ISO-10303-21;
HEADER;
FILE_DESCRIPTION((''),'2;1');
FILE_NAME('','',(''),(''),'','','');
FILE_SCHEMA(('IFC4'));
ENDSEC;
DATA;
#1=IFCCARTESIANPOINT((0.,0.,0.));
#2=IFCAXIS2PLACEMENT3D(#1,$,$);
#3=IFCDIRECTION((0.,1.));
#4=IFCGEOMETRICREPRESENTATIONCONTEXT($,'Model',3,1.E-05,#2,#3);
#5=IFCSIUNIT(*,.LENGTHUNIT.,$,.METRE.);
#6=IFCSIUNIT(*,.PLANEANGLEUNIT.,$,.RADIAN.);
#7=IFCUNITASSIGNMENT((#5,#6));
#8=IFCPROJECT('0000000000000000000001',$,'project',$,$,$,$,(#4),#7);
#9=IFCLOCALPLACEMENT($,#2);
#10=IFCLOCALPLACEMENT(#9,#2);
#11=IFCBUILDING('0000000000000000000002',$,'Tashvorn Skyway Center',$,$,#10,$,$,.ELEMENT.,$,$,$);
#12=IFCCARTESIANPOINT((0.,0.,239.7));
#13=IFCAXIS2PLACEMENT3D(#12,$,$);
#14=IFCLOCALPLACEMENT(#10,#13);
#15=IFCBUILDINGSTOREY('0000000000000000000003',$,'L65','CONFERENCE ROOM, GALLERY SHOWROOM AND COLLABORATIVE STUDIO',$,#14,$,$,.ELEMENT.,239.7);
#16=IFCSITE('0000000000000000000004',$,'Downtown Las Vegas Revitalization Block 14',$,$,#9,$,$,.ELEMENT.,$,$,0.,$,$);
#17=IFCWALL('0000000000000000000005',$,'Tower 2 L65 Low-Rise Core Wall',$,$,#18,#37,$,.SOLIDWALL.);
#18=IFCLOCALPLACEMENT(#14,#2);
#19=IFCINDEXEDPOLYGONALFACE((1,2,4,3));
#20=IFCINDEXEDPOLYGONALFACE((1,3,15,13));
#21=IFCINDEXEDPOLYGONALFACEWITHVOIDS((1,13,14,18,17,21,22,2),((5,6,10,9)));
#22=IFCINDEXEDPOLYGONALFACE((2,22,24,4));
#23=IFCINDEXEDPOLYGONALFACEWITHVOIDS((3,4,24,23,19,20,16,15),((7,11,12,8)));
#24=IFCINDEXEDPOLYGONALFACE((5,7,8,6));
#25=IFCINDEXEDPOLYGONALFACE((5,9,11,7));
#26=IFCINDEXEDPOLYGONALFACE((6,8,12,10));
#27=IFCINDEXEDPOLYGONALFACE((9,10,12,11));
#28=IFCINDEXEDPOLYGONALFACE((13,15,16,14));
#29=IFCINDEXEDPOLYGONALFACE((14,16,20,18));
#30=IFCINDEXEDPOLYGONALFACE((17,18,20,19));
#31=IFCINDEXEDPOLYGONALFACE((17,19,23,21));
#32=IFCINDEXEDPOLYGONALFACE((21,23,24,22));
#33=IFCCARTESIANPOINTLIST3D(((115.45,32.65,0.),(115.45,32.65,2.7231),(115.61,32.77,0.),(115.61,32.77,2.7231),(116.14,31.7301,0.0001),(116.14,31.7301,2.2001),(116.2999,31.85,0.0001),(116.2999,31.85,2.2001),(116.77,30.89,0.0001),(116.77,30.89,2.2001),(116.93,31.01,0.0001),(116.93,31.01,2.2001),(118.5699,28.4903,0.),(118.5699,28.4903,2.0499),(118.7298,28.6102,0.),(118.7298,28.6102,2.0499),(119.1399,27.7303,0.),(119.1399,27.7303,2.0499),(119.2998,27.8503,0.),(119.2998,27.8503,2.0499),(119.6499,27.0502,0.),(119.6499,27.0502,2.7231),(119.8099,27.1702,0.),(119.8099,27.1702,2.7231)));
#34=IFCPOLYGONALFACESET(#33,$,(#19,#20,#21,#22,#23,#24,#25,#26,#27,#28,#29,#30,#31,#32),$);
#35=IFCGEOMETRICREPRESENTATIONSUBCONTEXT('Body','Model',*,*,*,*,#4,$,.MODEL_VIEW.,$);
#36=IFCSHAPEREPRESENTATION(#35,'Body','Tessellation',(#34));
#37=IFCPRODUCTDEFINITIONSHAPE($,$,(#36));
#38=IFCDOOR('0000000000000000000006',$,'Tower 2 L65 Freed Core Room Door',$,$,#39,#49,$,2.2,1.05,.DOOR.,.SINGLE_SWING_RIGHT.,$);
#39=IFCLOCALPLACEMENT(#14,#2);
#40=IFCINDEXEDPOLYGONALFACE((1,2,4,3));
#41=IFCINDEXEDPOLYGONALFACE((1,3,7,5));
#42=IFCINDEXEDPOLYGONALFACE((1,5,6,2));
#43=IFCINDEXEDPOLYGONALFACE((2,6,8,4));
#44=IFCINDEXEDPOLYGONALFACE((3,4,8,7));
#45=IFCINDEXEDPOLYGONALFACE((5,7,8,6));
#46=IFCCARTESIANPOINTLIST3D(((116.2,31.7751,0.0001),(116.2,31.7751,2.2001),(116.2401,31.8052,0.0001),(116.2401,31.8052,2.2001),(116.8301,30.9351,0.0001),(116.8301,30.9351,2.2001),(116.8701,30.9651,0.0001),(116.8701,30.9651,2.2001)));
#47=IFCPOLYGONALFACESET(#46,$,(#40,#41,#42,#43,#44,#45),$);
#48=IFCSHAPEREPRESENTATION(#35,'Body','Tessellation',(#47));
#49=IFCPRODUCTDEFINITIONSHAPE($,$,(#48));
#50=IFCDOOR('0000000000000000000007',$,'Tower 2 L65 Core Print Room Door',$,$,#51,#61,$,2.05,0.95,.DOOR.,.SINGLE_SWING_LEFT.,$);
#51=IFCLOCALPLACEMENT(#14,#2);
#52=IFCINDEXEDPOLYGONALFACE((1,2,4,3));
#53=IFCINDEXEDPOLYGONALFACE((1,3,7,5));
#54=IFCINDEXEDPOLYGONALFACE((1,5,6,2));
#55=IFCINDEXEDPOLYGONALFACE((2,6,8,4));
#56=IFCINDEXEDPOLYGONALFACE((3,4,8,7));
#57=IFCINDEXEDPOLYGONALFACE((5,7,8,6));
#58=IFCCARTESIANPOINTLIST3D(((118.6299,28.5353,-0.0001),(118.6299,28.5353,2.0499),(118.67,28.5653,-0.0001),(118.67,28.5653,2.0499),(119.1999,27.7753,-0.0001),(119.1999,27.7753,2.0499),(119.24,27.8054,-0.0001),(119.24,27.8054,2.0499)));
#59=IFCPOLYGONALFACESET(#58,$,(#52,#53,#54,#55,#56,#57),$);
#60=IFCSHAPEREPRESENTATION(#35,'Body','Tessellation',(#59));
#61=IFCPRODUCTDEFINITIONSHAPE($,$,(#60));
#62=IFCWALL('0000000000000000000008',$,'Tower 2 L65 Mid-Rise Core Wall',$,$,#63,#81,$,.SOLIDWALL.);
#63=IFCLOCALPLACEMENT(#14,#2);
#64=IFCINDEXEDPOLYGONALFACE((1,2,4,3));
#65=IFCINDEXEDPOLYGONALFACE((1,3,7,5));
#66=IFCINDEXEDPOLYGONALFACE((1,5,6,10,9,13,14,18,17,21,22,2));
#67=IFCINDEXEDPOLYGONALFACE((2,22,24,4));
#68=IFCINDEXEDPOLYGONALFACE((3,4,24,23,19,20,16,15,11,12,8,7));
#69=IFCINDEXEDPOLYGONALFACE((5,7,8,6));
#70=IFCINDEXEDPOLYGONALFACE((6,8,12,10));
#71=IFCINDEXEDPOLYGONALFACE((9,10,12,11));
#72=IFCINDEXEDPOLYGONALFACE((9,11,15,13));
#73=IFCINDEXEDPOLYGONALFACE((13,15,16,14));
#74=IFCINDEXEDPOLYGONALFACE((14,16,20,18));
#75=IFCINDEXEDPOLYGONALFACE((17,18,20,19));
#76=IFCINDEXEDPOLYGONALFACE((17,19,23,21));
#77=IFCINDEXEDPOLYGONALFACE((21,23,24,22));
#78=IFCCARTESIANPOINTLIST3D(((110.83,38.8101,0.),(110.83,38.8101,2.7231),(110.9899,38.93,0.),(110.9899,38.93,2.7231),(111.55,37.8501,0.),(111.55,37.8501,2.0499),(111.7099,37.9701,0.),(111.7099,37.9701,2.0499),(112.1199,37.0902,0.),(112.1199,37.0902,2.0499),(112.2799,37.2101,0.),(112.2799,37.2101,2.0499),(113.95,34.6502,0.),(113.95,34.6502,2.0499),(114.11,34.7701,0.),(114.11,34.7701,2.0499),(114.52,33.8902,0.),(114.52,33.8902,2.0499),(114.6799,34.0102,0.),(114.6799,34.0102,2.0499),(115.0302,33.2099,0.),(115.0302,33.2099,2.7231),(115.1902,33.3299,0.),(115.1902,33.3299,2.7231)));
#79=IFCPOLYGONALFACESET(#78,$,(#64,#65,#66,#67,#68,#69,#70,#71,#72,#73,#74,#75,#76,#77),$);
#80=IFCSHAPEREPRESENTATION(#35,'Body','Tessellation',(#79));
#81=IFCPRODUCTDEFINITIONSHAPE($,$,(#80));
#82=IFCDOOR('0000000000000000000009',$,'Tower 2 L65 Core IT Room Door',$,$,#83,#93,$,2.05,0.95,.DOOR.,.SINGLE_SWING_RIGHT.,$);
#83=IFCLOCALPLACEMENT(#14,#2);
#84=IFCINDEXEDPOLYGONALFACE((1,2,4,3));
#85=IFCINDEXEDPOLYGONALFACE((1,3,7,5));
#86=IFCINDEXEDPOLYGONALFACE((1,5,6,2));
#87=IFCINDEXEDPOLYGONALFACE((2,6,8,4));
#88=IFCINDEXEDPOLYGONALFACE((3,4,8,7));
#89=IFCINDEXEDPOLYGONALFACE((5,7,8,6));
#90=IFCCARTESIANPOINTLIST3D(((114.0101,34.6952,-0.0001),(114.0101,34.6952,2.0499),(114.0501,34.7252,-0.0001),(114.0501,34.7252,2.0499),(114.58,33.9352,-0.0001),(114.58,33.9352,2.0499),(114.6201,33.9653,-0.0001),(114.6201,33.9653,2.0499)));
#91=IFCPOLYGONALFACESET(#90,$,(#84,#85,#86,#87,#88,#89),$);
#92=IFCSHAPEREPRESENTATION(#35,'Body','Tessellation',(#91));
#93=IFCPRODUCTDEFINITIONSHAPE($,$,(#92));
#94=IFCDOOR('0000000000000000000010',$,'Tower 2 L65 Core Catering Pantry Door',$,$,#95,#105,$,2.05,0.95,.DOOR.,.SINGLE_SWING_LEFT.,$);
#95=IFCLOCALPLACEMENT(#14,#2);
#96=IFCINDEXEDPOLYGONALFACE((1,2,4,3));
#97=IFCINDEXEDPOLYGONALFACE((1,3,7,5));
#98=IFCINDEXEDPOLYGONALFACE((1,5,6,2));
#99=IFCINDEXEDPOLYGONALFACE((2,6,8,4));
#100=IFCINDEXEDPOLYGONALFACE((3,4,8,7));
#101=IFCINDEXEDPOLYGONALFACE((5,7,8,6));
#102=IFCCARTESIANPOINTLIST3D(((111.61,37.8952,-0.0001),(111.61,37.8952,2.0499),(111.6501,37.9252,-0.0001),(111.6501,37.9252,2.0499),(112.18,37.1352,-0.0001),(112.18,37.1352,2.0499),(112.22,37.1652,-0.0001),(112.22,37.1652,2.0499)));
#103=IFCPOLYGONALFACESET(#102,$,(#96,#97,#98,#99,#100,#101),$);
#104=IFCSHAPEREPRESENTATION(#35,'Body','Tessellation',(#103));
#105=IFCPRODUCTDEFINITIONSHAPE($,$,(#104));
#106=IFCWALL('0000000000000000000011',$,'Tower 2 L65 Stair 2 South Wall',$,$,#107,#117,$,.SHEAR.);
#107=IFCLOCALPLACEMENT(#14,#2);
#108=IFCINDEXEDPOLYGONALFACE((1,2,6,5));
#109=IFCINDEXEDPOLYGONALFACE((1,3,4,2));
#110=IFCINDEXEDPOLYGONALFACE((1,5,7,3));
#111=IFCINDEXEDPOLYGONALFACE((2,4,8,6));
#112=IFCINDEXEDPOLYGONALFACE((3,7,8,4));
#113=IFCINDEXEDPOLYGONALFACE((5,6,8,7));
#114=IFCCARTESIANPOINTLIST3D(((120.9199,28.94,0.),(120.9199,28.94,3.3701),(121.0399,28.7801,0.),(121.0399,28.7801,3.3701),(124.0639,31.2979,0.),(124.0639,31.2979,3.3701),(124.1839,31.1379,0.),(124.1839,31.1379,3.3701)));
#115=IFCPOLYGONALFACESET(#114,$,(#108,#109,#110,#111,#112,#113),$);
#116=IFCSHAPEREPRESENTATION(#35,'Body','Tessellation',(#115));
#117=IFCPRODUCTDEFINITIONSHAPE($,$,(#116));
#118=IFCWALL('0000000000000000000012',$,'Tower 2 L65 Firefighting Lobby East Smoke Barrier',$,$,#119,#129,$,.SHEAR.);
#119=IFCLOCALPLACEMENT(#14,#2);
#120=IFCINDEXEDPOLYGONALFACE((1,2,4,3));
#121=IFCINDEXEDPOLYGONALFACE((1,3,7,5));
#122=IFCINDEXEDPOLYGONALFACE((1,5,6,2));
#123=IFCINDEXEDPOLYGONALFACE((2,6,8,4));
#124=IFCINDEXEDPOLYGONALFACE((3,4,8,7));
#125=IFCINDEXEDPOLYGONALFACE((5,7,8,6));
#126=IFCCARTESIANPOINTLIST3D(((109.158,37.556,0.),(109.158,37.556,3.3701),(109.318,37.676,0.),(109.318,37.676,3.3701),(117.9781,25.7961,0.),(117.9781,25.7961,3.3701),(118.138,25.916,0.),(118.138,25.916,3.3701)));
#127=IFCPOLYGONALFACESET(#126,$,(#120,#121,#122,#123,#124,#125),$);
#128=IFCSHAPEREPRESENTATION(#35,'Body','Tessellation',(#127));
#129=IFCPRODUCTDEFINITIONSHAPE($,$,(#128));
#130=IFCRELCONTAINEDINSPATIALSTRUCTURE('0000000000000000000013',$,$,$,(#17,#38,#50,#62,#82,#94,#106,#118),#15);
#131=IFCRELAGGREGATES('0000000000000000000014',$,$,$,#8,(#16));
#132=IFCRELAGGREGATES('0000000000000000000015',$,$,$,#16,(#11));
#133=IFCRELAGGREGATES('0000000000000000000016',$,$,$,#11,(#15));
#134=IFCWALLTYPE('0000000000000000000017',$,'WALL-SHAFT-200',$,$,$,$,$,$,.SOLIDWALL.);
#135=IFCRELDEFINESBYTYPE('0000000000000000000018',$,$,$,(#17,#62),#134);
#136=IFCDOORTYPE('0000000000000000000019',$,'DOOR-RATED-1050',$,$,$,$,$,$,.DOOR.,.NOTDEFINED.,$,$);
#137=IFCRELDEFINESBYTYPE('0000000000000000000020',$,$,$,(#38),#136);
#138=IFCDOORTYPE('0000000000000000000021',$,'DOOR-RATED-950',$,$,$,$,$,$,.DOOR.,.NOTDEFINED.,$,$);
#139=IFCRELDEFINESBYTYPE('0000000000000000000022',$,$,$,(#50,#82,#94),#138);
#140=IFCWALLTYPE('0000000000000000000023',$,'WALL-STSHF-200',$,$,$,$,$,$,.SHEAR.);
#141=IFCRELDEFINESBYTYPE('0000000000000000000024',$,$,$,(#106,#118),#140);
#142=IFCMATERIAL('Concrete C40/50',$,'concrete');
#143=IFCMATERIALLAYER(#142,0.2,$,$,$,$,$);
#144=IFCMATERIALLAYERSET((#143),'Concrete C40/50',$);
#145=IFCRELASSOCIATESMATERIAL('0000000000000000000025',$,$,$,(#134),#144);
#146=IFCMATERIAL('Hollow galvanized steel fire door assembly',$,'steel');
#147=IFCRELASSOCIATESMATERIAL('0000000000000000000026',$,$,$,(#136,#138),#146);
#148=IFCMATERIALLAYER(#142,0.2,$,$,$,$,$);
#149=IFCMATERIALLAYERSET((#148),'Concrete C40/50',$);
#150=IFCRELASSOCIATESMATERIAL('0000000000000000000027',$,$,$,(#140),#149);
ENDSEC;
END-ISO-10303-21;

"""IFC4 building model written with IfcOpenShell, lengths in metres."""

from ifc_helpers import new_model, si_unit, direction, frame, frame_2d, origin, place, context, subcontext, project, spatial, rectangle, extrude, material, layer, layer_set, type_object, element, fill, save


model = new_model("IFC4")

# Units and contexts
model_context = context("Model", 3, precision=1e-05, world=origin(), true_north=direction((0.0, 1.0)))
body_context = subcontext(model_context, "Body", "Model", "MODEL_VIEW")
ifc_project = project(units=[si_unit("LENGTHUNIT", "METRE"), si_unit("PLANEANGLEUNIT", "RADIAN")], contexts=[model_context])

# Site, building, storey
site_placement = place(None, origin())
site = spatial("IfcSite", under=ifc_project, at=site_placement, Name="Downtown Las Vegas Revitalization Block 14", CompositionType="ELEMENT", RefElevation=0.0)
building_placement = place(site_placement, origin())
building = spatial("IfcBuilding", under=site, at=building_placement, Name="Tashvorn Skyway Center", CompositionType="ELEMENT")
storey_placement = place(building_placement, frame((0.0, 0.0, 239.7)))
storey = spatial("IfcBuildingStorey", under=building, at=storey_placement, Name="L65", Description="CONFERENCE ROOM, GALLERY SHOWROOM AND COLLABORATIVE STUDIO", CompositionType="ELEMENT", Elevation=239.7)

# Shared definitions
ifc_material_1 = material(Name="Concrete C40/50", Category="concrete")
ifc_material_2 = material(Name="Hollow galvanized steel fire door assembly", Category="steel")

# Walls, openings, doors
ifc_layer_1 = layer(ifc_material_1, 0.2)
ifc_layer_set_1 = layer_set([ifc_layer_1], Name="Concrete C40/50")
wall_type_1 = type_object("IfcWallType", Name="WALL-SHAFT-200", PredefinedType="SOLIDWALL", material=ifc_layer_set_1)
wall_1_placement = place(storey_placement, frame((119.73, 27.1101, 0.0), z_axis=(0.0, 0.0, 1.0), x_axis=(-0.600006, 0.799996, 0.0)))
wall_1 = element("IfcWall", 1, at=wall_1_placement, inside=storey, type_object=wall_type_1, Name="Tower 2 L65 Low-Rise Core Wall", PredefinedType="SOLIDWALL", context=body_context, shape_type="SweptSolid", body=[
    extrude(rectangle(XDim=6.9998, YDim=0.2, at=frame_2d((3.5, 0.0))), origin(), (0.0, 0.0, 1.0), 2.7231),
])
opening_1_placement = place(wall_1_placement, frame((0.8501, 0.0, 0.0)))
opening_1 = element("IfcOpeningElement", 2, at=opening_1_placement, cuts=wall_1, PredefinedType="OPENING", context=body_context, shape_type="SweptSolid", body=[
    extrude(rectangle(XDim=0.95, YDim=2.05, at=frame_2d((0.4751, 1.0249))), frame((0.0, 0.1099, 0.0), z_axis=(0.0, -1.0, 0.0), x_axis=(1.0, 0.0, 0.0)), (0.0, 0.0, 1.0), 0.22),
])
opening_2_placement = place(wall_1_placement, frame((4.8, 0.0, 0.0)))
opening_2 = element("IfcOpeningElement", 3, at=opening_2_placement, cuts=wall_1, PredefinedType="OPENING", context=body_context, shape_type="SweptSolid", body=[
    extrude(rectangle(XDim=1.05, YDim=2.2, at=frame_2d((0.5249, 1.1001))), frame((0.0, 0.1099, 0.0), z_axis=(0.0, -1.0, 0.0), x_axis=(1.0, 0.0, 0.0)), (0.0, 0.0, 1.0), 0.22),
])
door_type_1 = type_object("IfcDoorType", Name="DOOR-RATED-1050", OperationType="NOTDEFINED", PredefinedType="DOOR", material=ifc_material_2)
door_1_placement = place(opening_2_placement, origin())
door_1 = element("IfcDoor", 4, at=door_1_placement, inside=storey, type_object=door_type_1, Name="Tower 2 L65 Freed Core Room Door", OperationType="SINGLE_SWING_RIGHT", OverallHeight=2.2, OverallWidth=1.05, PredefinedType="DOOR", context=body_context, shape_type="SweptSolid", body=[
    extrude(rectangle(XDim=1.05, YDim=2.2, at=frame_2d((0.5249, 1.1001))), frame((0.0, 0.0249, 0.0), z_axis=(0.0, -1.0, 0.0), x_axis=(1.0, 0.0, 0.0)), (0.0, 0.0, 1.0), 0.05),
])
fill(opening_2, door_1)
door_type_2 = type_object("IfcDoorType", Name="DOOR-RATED-950", OperationType="NOTDEFINED", PredefinedType="DOOR", material=ifc_material_2)
door_2_placement = place(opening_1_placement, origin())
door_2 = element("IfcDoor", 5, at=door_2_placement, inside=storey, type_object=door_type_2, Name="Tower 2 L65 Core Print Room Door", OperationType="SINGLE_SWING_LEFT", OverallHeight=2.05, OverallWidth=0.95, PredefinedType="DOOR", context=body_context, shape_type="SweptSolid", body=[
    extrude(rectangle(XDim=0.95, YDim=2.05, at=frame_2d((0.4751, 1.0249))), frame((0.0, 0.0249, 0.0), z_axis=(0.0, -1.0, 0.0), x_axis=(1.0, 0.0, 0.0)), (0.0, 0.0, 1.0), 0.05),
])
fill(opening_1, door_2)
wall_2_placement = place(storey_placement, frame((115.1101, 33.27, 0.0), z_axis=(0.0, 0.0, 1.0), x_axis=(-0.600011, 0.799992, 0.0)))
wall_2 = element("IfcWall", 6, at=wall_2_placement, inside=storey, type_object=wall_type_1, Name="Tower 2 L65 Mid-Rise Core Wall", PredefinedType="SOLIDWALL", context=body_context, shape_type="SweptSolid", body=[
    extrude(rectangle(XDim=7.0002, YDim=0.2, at=frame_2d((3.5, 0.0))), origin(), (0.0, 0.0, 1.0), 2.7231),
])
opening_3_placement = place(wall_2_placement, frame((0.8501, 0.0, 0.0)))
opening_3 = element("IfcOpeningElement", 7, at=opening_3_placement, cuts=wall_2, PredefinedType="OPENING", context=body_context, shape_type="SweptSolid", body=[
    extrude(rectangle(XDim=0.95, YDim=2.05, at=frame_2d((0.4751, 1.0249))), frame((0.0, 0.1099, 0.0), z_axis=(0.0, -1.0, 0.0), x_axis=(1.0, 0.0, 0.0)), (0.0, 0.0, 1.0), 0.22),
])
opening_4_placement = place(wall_2_placement, frame((4.8501, 0.0, 0.0)))
opening_4 = element("IfcOpeningElement", 8, at=opening_4_placement, cuts=wall_2, PredefinedType="OPENING", context=body_context, shape_type="SweptSolid", body=[
    extrude(rectangle(XDim=0.95, YDim=2.05, at=frame_2d((0.4751, 1.0249))), frame((0.0, 0.1099, 0.0), z_axis=(0.0, -1.0, 0.0), x_axis=(1.0, 0.0, 0.0)), (0.0, 0.0, 1.0), 0.22),
])
door_3_placement = place(opening_3_placement, origin())
door_3 = element("IfcDoor", 9, at=door_3_placement, inside=storey, type_object=door_type_2, Name="Tower 2 L65 Core IT Room Door", OperationType="SINGLE_SWING_RIGHT", OverallHeight=2.05, OverallWidth=0.95, PredefinedType="DOOR", context=body_context, shape_type="SweptSolid", body=[
    extrude(rectangle(XDim=0.95, YDim=2.05, at=frame_2d((0.4751, 1.0249))), frame((0.0, 0.0249, 0.0), z_axis=(0.0, -1.0, 0.0), x_axis=(1.0, 0.0, 0.0)), (0.0, 0.0, 1.0), 0.05),
])
fill(opening_3, door_3)
door_4_placement = place(opening_4_placement, origin())
door_4 = element("IfcDoor", 10, at=door_4_placement, inside=storey, type_object=door_type_2, Name="Tower 2 L65 Core Catering Pantry Door", OperationType="SINGLE_SWING_LEFT", OverallHeight=2.05, OverallWidth=0.95, PredefinedType="DOOR", context=body_context, shape_type="SweptSolid", body=[
    extrude(rectangle(XDim=0.95, YDim=2.05, at=frame_2d((0.4751, 1.0249))), frame((0.0, 0.0249, 0.0), z_axis=(0.0, -1.0, 0.0), x_axis=(1.0, 0.0, 0.0)), (0.0, 0.0, 1.0), 0.05),
])
fill(opening_4, door_4)

# Walls
ifc_layer_2 = layer(ifc_material_1, 0.2)
ifc_layer_set_2 = layer_set([ifc_layer_2], Name="Concrete C40/50")
wall_type_2 = type_object("IfcWallType", Name="WALL-STSHF-200", PredefinedType="SHEAR", material=ifc_layer_set_2)
wall_3_placement = place(storey_placement, frame((120.98, 28.8601, 0.0), z_axis=(0.0, 0.0, 1.0), x_axis=(0.800015, 0.59998, 0.0)))
element("IfcWall", 11, at=wall_3_placement, inside=storey, type_object=wall_type_2, Name="Tower 2 L65 Stair 2 South Wall", PredefinedType="SHEAR", context=body_context, shape_type="SweptSolid", body=[
    extrude(rectangle(XDim=3.9299, YDim=0.2, at=frame_2d((1.9648, 0.0))), origin(), (0.0, 0.0, 1.0), 3.3701),
])
wall_4_placement = place(storey_placement, frame((118.0581, 25.856, 0.0), z_axis=(0.0, 0.0, 1.0), x_axis=(-0.600003, 0.799998, 0.0)))
element("IfcWall", 12, at=wall_4_placement, inside=storey, type_object=wall_type_2, Name="Tower 2 L65 Firefighting Lobby East Smoke Barrier", PredefinedType="SHEAR", context=body_context, shape_type="SweptSolid", body=[
    extrude(rectangle(XDim=14.7, YDim=0.2, at=frame_2d((7.3501, 0.0))), origin(), (0.0, 0.0, 1.0), 3.3701),
])

save(model, "model.ifc")
